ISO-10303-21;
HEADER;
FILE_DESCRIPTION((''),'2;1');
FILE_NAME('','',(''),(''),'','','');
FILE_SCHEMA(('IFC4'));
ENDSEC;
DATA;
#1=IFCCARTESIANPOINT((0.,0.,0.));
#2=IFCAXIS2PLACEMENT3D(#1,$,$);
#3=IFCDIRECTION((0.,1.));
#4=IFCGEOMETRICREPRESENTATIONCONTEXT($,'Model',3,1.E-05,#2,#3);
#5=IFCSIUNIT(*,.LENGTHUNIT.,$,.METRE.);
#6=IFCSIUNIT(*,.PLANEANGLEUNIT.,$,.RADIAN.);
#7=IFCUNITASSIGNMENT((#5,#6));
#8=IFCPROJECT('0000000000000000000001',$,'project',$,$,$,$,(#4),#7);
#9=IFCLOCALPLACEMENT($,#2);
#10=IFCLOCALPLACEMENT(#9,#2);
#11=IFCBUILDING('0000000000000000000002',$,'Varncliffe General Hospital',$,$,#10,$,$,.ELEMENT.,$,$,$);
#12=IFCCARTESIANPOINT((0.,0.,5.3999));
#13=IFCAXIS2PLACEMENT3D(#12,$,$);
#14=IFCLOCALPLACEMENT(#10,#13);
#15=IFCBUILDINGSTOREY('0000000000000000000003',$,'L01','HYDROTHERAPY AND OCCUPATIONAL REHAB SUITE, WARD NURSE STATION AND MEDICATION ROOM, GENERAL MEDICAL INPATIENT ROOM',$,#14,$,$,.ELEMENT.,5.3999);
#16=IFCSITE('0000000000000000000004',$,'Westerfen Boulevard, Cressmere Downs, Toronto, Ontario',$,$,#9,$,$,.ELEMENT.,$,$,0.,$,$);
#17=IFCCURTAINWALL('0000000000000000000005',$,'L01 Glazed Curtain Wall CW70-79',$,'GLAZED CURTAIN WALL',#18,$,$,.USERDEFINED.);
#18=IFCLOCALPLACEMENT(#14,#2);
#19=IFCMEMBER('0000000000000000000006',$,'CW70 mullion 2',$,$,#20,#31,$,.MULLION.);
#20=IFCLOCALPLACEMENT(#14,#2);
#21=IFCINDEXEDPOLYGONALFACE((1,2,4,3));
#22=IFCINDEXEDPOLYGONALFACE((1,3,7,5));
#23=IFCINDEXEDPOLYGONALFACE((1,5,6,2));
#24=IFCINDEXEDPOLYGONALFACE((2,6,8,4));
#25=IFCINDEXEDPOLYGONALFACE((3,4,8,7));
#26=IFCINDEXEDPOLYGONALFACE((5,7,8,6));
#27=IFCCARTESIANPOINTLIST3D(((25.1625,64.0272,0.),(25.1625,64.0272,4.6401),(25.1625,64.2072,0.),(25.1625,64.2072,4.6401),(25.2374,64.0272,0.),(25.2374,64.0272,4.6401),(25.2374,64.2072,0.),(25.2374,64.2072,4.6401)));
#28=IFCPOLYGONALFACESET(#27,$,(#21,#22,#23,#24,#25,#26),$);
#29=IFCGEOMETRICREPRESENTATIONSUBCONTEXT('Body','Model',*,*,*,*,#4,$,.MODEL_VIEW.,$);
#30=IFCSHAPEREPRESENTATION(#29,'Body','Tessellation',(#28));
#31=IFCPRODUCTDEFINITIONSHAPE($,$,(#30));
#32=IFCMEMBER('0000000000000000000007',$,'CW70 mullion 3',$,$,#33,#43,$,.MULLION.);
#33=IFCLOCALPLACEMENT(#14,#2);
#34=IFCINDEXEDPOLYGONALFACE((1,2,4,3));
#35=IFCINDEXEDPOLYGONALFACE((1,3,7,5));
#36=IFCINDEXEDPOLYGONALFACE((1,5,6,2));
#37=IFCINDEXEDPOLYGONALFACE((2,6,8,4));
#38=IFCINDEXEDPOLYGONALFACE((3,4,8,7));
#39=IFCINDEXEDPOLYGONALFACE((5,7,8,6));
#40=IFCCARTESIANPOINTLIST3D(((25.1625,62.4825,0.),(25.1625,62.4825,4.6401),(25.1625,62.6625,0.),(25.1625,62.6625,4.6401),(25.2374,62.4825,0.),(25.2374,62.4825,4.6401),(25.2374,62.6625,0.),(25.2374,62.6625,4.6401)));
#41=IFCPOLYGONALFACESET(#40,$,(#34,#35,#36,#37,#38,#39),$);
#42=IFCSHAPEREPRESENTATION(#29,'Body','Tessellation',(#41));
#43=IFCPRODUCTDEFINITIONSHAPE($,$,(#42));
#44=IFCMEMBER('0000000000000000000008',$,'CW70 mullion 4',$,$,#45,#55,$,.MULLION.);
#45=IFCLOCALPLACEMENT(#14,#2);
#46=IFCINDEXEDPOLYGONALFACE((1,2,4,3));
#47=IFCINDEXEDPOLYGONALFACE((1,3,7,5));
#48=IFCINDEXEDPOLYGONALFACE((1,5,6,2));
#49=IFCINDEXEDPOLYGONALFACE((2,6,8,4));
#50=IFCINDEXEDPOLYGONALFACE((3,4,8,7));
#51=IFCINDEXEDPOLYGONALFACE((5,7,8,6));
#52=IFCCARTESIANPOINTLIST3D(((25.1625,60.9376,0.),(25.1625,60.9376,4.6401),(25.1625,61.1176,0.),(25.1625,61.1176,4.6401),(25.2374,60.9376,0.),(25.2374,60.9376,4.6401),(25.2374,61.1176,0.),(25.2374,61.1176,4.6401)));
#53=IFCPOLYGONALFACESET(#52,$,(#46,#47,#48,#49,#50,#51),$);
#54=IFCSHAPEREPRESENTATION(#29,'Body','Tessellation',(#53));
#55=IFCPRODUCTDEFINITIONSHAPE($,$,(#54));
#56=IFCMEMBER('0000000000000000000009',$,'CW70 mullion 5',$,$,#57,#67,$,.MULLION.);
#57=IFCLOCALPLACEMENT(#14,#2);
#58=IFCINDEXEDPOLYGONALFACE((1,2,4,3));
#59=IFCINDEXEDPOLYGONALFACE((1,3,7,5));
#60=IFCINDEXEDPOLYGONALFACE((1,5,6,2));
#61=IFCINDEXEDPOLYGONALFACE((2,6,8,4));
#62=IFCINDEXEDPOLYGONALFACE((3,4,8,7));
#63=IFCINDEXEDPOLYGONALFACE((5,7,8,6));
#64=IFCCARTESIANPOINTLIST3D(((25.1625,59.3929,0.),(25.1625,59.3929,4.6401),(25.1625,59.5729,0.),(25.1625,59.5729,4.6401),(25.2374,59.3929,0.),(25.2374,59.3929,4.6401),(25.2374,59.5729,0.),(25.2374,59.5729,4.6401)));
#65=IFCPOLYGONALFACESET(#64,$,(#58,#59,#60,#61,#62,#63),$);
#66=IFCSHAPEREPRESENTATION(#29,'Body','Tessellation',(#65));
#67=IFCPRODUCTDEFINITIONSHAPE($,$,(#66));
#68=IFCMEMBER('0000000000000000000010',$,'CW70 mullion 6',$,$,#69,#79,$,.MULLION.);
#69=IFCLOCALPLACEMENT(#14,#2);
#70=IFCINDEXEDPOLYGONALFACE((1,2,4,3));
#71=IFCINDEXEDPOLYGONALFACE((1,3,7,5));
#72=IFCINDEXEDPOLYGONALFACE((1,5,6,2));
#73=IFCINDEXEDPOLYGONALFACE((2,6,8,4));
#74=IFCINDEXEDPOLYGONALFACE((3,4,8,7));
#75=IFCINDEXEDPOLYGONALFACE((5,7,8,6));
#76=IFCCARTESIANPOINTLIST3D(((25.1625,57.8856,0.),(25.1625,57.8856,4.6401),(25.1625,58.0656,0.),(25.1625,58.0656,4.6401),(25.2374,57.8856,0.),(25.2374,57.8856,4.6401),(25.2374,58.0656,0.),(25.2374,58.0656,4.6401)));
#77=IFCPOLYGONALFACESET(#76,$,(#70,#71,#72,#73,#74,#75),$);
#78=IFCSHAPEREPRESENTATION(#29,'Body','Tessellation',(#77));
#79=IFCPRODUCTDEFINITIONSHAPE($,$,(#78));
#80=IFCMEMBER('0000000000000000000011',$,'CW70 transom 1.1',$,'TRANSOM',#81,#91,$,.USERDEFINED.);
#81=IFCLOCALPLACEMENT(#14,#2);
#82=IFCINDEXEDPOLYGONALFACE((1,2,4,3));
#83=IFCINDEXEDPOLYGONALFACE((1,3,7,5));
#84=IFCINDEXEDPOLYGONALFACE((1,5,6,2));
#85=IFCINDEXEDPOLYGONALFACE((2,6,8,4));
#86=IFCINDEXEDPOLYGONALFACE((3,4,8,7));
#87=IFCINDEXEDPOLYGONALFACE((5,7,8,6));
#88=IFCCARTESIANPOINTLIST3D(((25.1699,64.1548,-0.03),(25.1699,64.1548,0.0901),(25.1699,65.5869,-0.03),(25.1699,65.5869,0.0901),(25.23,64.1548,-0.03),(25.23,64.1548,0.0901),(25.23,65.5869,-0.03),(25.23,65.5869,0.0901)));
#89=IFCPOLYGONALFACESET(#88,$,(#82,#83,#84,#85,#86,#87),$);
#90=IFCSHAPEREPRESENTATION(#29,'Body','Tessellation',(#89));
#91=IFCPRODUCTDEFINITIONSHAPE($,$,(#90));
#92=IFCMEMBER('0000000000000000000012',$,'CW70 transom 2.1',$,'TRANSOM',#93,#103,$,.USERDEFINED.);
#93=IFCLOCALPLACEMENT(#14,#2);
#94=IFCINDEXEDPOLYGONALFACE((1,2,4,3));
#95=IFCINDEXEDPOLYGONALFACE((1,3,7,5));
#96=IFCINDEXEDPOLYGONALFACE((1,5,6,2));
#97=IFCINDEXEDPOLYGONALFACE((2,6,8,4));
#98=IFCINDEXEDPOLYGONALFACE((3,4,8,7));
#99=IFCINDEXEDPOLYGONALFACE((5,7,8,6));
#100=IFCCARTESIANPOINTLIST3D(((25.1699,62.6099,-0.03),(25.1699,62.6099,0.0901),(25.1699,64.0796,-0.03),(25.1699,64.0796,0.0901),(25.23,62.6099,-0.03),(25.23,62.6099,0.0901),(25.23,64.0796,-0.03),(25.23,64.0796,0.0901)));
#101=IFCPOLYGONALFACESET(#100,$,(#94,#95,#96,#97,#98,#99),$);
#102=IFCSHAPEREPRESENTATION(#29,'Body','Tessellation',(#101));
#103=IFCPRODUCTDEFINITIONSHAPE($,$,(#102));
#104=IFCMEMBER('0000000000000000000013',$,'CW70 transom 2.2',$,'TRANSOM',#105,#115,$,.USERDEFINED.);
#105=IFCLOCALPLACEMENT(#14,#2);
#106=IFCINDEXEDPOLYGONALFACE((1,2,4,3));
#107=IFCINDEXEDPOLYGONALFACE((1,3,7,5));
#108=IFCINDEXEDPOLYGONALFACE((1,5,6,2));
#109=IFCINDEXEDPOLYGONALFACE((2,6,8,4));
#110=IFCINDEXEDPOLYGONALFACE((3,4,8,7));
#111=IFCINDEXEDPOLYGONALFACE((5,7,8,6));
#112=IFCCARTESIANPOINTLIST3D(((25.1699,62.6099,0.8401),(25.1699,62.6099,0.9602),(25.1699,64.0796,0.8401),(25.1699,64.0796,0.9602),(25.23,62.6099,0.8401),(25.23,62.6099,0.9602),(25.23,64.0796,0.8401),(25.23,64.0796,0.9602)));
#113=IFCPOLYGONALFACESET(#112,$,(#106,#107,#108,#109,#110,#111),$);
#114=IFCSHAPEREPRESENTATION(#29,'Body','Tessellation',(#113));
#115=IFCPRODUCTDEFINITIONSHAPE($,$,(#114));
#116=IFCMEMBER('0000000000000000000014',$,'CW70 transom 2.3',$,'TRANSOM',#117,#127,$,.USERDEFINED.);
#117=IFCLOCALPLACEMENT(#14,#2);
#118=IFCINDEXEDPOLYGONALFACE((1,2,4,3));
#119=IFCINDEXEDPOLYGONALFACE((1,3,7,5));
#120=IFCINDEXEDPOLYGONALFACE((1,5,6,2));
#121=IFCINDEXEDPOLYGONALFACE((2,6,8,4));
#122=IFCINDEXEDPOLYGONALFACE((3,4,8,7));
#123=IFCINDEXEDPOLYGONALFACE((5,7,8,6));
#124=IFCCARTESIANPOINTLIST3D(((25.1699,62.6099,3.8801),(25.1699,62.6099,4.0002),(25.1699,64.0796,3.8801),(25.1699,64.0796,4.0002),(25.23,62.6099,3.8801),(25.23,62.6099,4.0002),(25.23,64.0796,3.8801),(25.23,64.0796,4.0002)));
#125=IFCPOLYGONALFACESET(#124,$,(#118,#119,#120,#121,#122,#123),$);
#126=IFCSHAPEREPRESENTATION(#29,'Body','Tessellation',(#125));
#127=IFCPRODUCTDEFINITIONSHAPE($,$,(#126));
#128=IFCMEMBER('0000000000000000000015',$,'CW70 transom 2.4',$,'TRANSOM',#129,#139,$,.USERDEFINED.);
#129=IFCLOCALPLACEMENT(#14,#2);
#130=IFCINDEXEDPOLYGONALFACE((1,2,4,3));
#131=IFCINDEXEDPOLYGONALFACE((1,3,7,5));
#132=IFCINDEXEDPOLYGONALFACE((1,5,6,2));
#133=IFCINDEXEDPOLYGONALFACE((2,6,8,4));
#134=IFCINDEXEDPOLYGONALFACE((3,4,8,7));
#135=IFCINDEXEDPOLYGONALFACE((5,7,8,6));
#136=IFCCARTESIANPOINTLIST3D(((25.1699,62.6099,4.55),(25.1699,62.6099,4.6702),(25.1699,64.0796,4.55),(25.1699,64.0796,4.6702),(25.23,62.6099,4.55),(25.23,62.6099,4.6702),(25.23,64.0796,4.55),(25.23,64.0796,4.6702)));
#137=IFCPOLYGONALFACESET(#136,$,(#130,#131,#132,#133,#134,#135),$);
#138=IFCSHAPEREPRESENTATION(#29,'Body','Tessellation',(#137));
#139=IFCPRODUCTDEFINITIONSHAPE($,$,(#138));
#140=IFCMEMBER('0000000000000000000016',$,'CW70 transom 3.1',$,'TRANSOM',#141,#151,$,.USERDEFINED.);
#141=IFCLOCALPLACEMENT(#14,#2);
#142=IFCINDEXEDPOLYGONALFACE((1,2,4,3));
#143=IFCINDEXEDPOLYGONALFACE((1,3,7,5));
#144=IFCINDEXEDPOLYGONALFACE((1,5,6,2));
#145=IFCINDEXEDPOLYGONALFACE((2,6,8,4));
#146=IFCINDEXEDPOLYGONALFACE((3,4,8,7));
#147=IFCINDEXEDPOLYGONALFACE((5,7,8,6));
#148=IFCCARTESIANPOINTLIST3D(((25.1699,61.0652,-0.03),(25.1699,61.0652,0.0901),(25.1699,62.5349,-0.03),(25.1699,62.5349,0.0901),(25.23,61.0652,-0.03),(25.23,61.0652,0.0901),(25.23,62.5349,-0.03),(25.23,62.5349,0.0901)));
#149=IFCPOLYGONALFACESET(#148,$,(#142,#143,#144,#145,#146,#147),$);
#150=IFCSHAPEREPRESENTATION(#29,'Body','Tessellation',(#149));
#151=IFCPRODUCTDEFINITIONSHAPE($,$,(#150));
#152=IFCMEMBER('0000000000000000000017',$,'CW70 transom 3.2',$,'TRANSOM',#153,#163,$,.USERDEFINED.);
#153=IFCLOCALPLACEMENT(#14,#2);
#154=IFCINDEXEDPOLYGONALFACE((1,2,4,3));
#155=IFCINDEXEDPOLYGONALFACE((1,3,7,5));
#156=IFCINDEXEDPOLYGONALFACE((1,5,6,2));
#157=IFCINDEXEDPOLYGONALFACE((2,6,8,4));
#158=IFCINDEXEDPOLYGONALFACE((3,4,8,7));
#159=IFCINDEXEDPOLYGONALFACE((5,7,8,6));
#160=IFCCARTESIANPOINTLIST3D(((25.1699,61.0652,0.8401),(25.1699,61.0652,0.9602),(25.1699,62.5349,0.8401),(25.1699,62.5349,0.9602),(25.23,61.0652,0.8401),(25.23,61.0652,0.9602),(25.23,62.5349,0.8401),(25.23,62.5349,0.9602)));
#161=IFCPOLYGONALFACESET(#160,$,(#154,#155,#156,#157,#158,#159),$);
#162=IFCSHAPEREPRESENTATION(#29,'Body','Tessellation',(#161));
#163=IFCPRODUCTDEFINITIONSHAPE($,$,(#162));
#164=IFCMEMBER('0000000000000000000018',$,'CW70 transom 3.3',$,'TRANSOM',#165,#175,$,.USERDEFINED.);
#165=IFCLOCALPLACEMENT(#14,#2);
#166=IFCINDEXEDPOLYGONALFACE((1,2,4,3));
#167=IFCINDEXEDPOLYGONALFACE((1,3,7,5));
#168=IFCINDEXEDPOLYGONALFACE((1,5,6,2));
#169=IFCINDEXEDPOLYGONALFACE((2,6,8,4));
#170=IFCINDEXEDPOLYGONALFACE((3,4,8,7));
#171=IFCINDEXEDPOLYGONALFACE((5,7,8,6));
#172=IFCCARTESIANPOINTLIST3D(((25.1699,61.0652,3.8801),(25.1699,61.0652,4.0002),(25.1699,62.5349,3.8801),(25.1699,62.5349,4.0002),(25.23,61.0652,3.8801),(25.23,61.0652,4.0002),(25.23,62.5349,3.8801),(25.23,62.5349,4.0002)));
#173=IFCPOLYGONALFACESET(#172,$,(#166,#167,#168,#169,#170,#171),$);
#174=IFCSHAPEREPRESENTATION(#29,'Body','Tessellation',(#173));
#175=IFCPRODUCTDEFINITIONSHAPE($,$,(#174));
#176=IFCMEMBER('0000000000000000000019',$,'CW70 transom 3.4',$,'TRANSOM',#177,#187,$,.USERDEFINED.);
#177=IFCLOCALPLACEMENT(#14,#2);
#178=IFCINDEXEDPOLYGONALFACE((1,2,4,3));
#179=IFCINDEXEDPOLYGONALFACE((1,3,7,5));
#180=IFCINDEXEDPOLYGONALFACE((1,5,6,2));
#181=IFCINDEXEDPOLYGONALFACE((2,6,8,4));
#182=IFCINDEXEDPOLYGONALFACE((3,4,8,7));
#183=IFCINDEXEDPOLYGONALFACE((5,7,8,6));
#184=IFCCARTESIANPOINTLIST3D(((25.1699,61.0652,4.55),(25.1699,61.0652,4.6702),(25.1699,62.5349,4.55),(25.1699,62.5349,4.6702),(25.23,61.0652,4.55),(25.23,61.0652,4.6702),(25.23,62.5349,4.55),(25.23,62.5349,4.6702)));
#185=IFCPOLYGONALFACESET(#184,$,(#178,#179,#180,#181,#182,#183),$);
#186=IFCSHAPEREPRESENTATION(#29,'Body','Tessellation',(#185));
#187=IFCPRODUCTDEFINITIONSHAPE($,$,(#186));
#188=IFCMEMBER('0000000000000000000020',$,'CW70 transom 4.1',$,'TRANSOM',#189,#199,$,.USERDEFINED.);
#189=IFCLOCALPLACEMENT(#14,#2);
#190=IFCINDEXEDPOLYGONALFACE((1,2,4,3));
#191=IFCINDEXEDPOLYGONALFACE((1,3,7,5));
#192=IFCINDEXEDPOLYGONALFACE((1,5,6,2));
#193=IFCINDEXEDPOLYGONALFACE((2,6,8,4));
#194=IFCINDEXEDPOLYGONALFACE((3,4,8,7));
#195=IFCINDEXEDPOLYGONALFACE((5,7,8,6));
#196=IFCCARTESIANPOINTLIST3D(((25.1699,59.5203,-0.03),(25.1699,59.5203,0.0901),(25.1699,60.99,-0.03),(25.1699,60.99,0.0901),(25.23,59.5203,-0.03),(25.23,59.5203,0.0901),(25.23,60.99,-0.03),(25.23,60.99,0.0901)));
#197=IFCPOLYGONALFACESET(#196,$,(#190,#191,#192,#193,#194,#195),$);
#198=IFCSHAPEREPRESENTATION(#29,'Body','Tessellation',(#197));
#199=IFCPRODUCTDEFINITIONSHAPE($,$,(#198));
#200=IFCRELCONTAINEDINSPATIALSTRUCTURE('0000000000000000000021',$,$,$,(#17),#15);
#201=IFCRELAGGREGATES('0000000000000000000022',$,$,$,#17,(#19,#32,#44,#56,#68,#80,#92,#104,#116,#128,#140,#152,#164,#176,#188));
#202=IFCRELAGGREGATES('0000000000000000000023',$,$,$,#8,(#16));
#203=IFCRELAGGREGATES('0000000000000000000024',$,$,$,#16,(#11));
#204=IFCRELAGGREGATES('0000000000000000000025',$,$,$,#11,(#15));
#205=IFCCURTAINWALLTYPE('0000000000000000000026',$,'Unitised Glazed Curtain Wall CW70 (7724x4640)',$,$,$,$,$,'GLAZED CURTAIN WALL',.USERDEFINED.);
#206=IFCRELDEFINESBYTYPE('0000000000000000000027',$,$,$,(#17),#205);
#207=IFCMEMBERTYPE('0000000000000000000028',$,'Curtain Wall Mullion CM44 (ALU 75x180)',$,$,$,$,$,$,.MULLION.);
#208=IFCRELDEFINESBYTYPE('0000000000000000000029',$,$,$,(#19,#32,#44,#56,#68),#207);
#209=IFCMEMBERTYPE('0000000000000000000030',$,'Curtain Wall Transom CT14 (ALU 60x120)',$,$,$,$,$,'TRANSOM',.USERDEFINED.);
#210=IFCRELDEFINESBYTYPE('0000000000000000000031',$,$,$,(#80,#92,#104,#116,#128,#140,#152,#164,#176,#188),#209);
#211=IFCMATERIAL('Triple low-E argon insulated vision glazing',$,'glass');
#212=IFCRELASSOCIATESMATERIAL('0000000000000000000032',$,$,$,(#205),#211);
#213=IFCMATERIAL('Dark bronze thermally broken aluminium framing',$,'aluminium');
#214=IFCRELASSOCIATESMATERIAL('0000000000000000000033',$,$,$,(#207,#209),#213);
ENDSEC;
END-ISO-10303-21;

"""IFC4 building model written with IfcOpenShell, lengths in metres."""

from ifc_helpers import new_model, si_unit, direction, frame, origin, origin_2d, place, context, subcontext, project, spatial, rectangle, extrude, material, material_profile, profile_set, type_object, element, aggregate, save


model = new_model("IFC4")

# Units and contexts
model_context = context("Model", 3, precision=1e-05, world=origin(), true_north=direction((0.0, 1.0)))
body_context = subcontext(model_context, "Body", "Model", "MODEL_VIEW")
ifc_project = project(units=[si_unit("LENGTHUNIT", "METRE"), si_unit("PLANEANGLEUNIT", "RADIAN")], contexts=[model_context])

# Site, building, storey
site_placement = place(None, origin())
site = spatial("IfcSite", under=ifc_project, at=site_placement, Name="Westerfen Boulevard, Cressmere Downs, Toronto, Ontario", CompositionType="ELEMENT", RefElevation=0.0)
building_placement = place(site_placement, origin())
building = spatial("IfcBuilding", under=site, at=building_placement, Name="Varncliffe General Hospital", CompositionType="ELEMENT")
storey_placement = place(building_placement, frame((0.0, 0.0, 5.3999)))
storey = spatial("IfcBuildingStorey", under=building, at=storey_placement, Name="L01", Description="HYDROTHERAPY AND OCCUPATIONAL REHAB SUITE, WARD NURSE STATION AND MEDICATION ROOM, GENERAL MEDICAL INPATIENT ROOM", CompositionType="ELEMENT", Elevation=5.3999)

# Curtain wall, members
ifc_material_1 = material(Name="Triple low-E argon insulated vision glazing", Category="glass")
curtain_wall_type = type_object("IfcCurtainWallType", Name="Unitised Glazed Curtain Wall CW70 (7724x4640)", ElementType="GLAZED CURTAIN WALL", PredefinedType="USERDEFINED", material=ifc_material_1)
curtain_wall_placement = place(storey_placement, origin())
curtain_wall = element("IfcCurtainWall", 1, at=curtain_wall_placement, inside=storey, type_object=curtain_wall_type, Name="L01 Glazed Curtain Wall CW70-79", ObjectType="GLAZED CURTAIN WALL", PredefinedType="USERDEFINED")
ifc_material_2 = material(Name="Dark bronze thermally broken aluminium framing", Category="aluminium")
ifc_material_profile_1 = material_profile(ifc_material_2, rectangle(XDim=0.075, YDim=0.1799, at=origin_2d()), Name="ALU 75x180")
ifc_profile_set_1 = profile_set([ifc_material_profile_1], Name="Dark bronze thermally broken aluminium framing")
member_type_1 = type_object("IfcMemberType", Name="Curtain Wall Mullion CM44 (ALU 75x180)", PredefinedType="MULLION", material=ifc_profile_set_1)
member_1_placement = place(storey_placement, frame((25.2, 64.1172, 0.0), z_axis=(0.0, 0.0, 1.0), x_axis=(1.0, 0.0, 0.0)))
member_1 = element("IfcMember", 2, at=member_1_placement, type_object=member_type_1, Name="CW70 mullion 2", PredefinedType="MULLION", context=body_context, shape_type="SweptSolid", body=[
    extrude(rectangle(XDim=0.075, YDim=0.1799, at=origin_2d()), origin(), (0.0, 0.0, 1.0), 4.6401),
])
member_2_placement = place(storey_placement, frame((25.2, 62.5725, 0.0), z_axis=(0.0, 0.0, 1.0), x_axis=(1.0, 0.0, 0.0)))
member_2 = element("IfcMember", 3, at=member_2_placement, type_object=member_type_1, Name="CW70 mullion 3", PredefinedType="MULLION", context=body_context, shape_type="SweptSolid", body=[
    extrude(rectangle(XDim=0.075, YDim=0.1799, at=origin_2d()), origin(), (0.0, 0.0, 1.0), 4.6401),
])
member_3_placement = place(storey_placement, frame((25.2, 61.0276, 0.0), z_axis=(0.0, 0.0, 1.0), x_axis=(1.0, 0.0, 0.0)))
member_3 = element("IfcMember", 4, at=member_3_placement, type_object=member_type_1, Name="CW70 mullion 4", PredefinedType="MULLION", context=body_context, shape_type="SweptSolid", body=[
    extrude(rectangle(XDim=0.075, YDim=0.1799, at=origin_2d()), origin(), (0.0, 0.0, 1.0), 4.6401),
])
member_4_placement = place(storey_placement, frame((25.2, 59.4829, 0.0), z_axis=(0.0, 0.0, 1.0), x_axis=(1.0, 0.0, 0.0)))
member_4 = element("IfcMember", 5, at=member_4_placement, type_object=member_type_1, Name="CW70 mullion 5", PredefinedType="MULLION", context=body_context, shape_type="SweptSolid", body=[
    extrude(rectangle(XDim=0.075, YDim=0.1799, at=origin_2d()), origin(), (0.0, 0.0, 1.0), 4.6401),
])
member_5_placement = place(storey_placement, frame((25.2, 57.9756, 0.0), z_axis=(0.0, 0.0, 1.0), x_axis=(1.0, 0.0, 0.0)))
member_5 = element("IfcMember", 6, at=member_5_placement, type_object=member_type_1, Name="CW70 mullion 6", PredefinedType="MULLION", context=body_context, shape_type="SweptSolid", body=[
    extrude(rectangle(XDim=0.075, YDim=0.1799, at=origin_2d()), origin(), (0.0, 0.0, 1.0), 4.6401),
])
ifc_material_profile_2 = material_profile(ifc_material_2, rectangle(XDim=0.0601, YDim=0.1201, at=origin_2d()), Name="ALU 60x120")
ifc_profile_set_2 = profile_set([ifc_material_profile_2], Name="Dark bronze thermally broken aluminium framing")
member_type_2 = type_object("IfcMemberType", Name="Curtain Wall Transom CT14 (ALU 60x120)", ElementType="TRANSOM", PredefinedType="USERDEFINED", material=ifc_profile_set_2)
member_6_placement = place(storey_placement, frame((25.2, 65.5869, 0.03), z_axis=(0.0, -1.0, 0.0), x_axis=(1.0, 0.0, 0.0)))
member_6 = element("IfcMember", 7, at=member_6_placement, type_object=member_type_2, Name="CW70 transom 1.1", ObjectType="TRANSOM", PredefinedType="USERDEFINED", context=body_context, shape_type="SweptSolid", body=[
    extrude(rectangle(XDim=0.0601, YDim=0.1201, at=origin_2d()), origin(), (0.0, 0.0, 1.0), 1.4321),
])
member_7_placement = place(storey_placement, frame((25.2, 64.0796, 0.03), z_axis=(0.0, -1.0, 0.0), x_axis=(1.0, 0.0, 0.0)))
member_7 = element("IfcMember", 8, at=member_7_placement, type_object=member_type_2, Name="CW70 transom 2.1", ObjectType="TRANSOM", PredefinedType="USERDEFINED", context=body_context, shape_type="SweptSolid", body=[
    extrude(rectangle(XDim=0.0601, YDim=0.1201, at=origin_2d()), origin(), (0.0, 0.0, 1.0), 1.4697),
])
member_8_placement = place(storey_placement, frame((25.2, 64.0796, 0.9001), z_axis=(0.0, -1.0, 0.0), x_axis=(1.0, 0.0, 0.0)))
member_8 = element("IfcMember", 9, at=member_8_placement, type_object=member_type_2, Name="CW70 transom 2.2", ObjectType="TRANSOM", PredefinedType="USERDEFINED", context=body_context, shape_type="SweptSolid", body=[
    extrude(rectangle(XDim=0.0601, YDim=0.1201, at=origin_2d()), origin(), (0.0, 0.0, 1.0), 1.4697),
])
member_9_placement = place(storey_placement, frame((25.2, 64.0796, 3.9402), z_axis=(0.0, -1.0, 0.0), x_axis=(1.0, 0.0, 0.0)))
member_9 = element("IfcMember", 10, at=member_9_placement, type_object=member_type_2, Name="CW70 transom 2.3", ObjectType="TRANSOM", PredefinedType="USERDEFINED", context=body_context, shape_type="SweptSolid", body=[
    extrude(rectangle(XDim=0.0601, YDim=0.1201, at=origin_2d()), origin(), (0.0, 0.0, 1.0), 1.4697),
])
member_10_placement = place(storey_placement, frame((25.2, 64.0796, 4.6101), z_axis=(0.0, -1.0, 0.0), x_axis=(1.0, 0.0, 0.0)))
member_10 = element("IfcMember", 11, at=member_10_placement, type_object=member_type_2, Name="CW70 transom 2.4", ObjectType="TRANSOM", PredefinedType="USERDEFINED", context=body_context, shape_type="SweptSolid", body=[
    extrude(rectangle(XDim=0.0601, YDim=0.1201, at=origin_2d()), origin(), (0.0, 0.0, 1.0), 1.4697),
])
member_11_placement = place(storey_placement, frame((25.2, 62.5349, 0.03), z_axis=(0.0, -1.0, 0.0), x_axis=(1.0, 0.0, 0.0)))
member_11 = element("IfcMember", 12, at=member_11_placement, type_object=member_type_2, Name="CW70 transom 3.1", ObjectType="TRANSOM", PredefinedType="USERDEFINED", context=body_context, shape_type="SweptSolid", body=[
    extrude(rectangle(XDim=0.0601, YDim=0.1201, at=origin_2d()), origin(), (0.0, 0.0, 1.0), 1.4697),
])
member_12_placement = place(storey_placement, frame((25.2, 62.5349, 0.9001), z_axis=(0.0, -1.0, 0.0), x_axis=(1.0, 0.0, 0.0)))
member_12 = element("IfcMember", 13, at=member_12_placement, type_object=member_type_2, Name="CW70 transom 3.2", ObjectType="TRANSOM", PredefinedType="USERDEFINED", context=body_context, shape_type="SweptSolid", body=[
    extrude(rectangle(XDim=0.0601, YDim=0.1201, at=origin_2d()), origin(), (0.0, 0.0, 1.0), 1.4697),
])
member_13_placement = place(storey_placement, frame((25.2, 62.5349, 3.9402), z_axis=(0.0, -1.0, 0.0), x_axis=(1.0, 0.0, 0.0)))
member_13 = element("IfcMember", 14, at=member_13_placement, type_object=member_type_2, Name="CW70 transom 3.3", ObjectType="TRANSOM", PredefinedType="USERDEFINED", context=body_context, shape_type="SweptSolid", body=[
    extrude(rectangle(XDim=0.0601, YDim=0.1201, at=origin_2d()), origin(), (0.0, 0.0, 1.0), 1.4697),
])
member_14_placement = place(storey_placement, frame((25.2, 62.5349, 4.6101), z_axis=(0.0, -1.0, 0.0), x_axis=(1.0, 0.0, 0.0)))
member_14 = element("IfcMember", 15, at=member_14_placement, type_object=member_type_2, Name="CW70 transom 3.4", ObjectType="TRANSOM", PredefinedType="USERDEFINED", context=body_context, shape_type="SweptSolid", body=[
    extrude(rectangle(XDim=0.0601, YDim=0.1201, at=origin_2d()), origin(), (0.0, 0.0, 1.0), 1.4697),
])
member_15_placement = place(storey_placement, frame((25.2, 60.99, 0.03), z_axis=(0.0, -1.0, 0.0), x_axis=(1.0, 0.0, 0.0)))
member_15 = element("IfcMember", 16, at=member_15_placement, type_object=member_type_2, Name="CW70 transom 4.1", ObjectType="TRANSOM", PredefinedType="USERDEFINED", context=body_context, shape_type="SweptSolid", body=[
    extrude(rectangle(XDim=0.0601, YDim=0.1201, at=origin_2d()), origin(), (0.0, 0.0, 1.0), 1.4697),
])

aggregate(curtain_wall, [member_1, member_2, member_3, member_4, member_5, member_6, member_7, member_8, member_9, member_10, member_11, member_12, member_13, member_14, member_15])

save(model, "model.ifc")
